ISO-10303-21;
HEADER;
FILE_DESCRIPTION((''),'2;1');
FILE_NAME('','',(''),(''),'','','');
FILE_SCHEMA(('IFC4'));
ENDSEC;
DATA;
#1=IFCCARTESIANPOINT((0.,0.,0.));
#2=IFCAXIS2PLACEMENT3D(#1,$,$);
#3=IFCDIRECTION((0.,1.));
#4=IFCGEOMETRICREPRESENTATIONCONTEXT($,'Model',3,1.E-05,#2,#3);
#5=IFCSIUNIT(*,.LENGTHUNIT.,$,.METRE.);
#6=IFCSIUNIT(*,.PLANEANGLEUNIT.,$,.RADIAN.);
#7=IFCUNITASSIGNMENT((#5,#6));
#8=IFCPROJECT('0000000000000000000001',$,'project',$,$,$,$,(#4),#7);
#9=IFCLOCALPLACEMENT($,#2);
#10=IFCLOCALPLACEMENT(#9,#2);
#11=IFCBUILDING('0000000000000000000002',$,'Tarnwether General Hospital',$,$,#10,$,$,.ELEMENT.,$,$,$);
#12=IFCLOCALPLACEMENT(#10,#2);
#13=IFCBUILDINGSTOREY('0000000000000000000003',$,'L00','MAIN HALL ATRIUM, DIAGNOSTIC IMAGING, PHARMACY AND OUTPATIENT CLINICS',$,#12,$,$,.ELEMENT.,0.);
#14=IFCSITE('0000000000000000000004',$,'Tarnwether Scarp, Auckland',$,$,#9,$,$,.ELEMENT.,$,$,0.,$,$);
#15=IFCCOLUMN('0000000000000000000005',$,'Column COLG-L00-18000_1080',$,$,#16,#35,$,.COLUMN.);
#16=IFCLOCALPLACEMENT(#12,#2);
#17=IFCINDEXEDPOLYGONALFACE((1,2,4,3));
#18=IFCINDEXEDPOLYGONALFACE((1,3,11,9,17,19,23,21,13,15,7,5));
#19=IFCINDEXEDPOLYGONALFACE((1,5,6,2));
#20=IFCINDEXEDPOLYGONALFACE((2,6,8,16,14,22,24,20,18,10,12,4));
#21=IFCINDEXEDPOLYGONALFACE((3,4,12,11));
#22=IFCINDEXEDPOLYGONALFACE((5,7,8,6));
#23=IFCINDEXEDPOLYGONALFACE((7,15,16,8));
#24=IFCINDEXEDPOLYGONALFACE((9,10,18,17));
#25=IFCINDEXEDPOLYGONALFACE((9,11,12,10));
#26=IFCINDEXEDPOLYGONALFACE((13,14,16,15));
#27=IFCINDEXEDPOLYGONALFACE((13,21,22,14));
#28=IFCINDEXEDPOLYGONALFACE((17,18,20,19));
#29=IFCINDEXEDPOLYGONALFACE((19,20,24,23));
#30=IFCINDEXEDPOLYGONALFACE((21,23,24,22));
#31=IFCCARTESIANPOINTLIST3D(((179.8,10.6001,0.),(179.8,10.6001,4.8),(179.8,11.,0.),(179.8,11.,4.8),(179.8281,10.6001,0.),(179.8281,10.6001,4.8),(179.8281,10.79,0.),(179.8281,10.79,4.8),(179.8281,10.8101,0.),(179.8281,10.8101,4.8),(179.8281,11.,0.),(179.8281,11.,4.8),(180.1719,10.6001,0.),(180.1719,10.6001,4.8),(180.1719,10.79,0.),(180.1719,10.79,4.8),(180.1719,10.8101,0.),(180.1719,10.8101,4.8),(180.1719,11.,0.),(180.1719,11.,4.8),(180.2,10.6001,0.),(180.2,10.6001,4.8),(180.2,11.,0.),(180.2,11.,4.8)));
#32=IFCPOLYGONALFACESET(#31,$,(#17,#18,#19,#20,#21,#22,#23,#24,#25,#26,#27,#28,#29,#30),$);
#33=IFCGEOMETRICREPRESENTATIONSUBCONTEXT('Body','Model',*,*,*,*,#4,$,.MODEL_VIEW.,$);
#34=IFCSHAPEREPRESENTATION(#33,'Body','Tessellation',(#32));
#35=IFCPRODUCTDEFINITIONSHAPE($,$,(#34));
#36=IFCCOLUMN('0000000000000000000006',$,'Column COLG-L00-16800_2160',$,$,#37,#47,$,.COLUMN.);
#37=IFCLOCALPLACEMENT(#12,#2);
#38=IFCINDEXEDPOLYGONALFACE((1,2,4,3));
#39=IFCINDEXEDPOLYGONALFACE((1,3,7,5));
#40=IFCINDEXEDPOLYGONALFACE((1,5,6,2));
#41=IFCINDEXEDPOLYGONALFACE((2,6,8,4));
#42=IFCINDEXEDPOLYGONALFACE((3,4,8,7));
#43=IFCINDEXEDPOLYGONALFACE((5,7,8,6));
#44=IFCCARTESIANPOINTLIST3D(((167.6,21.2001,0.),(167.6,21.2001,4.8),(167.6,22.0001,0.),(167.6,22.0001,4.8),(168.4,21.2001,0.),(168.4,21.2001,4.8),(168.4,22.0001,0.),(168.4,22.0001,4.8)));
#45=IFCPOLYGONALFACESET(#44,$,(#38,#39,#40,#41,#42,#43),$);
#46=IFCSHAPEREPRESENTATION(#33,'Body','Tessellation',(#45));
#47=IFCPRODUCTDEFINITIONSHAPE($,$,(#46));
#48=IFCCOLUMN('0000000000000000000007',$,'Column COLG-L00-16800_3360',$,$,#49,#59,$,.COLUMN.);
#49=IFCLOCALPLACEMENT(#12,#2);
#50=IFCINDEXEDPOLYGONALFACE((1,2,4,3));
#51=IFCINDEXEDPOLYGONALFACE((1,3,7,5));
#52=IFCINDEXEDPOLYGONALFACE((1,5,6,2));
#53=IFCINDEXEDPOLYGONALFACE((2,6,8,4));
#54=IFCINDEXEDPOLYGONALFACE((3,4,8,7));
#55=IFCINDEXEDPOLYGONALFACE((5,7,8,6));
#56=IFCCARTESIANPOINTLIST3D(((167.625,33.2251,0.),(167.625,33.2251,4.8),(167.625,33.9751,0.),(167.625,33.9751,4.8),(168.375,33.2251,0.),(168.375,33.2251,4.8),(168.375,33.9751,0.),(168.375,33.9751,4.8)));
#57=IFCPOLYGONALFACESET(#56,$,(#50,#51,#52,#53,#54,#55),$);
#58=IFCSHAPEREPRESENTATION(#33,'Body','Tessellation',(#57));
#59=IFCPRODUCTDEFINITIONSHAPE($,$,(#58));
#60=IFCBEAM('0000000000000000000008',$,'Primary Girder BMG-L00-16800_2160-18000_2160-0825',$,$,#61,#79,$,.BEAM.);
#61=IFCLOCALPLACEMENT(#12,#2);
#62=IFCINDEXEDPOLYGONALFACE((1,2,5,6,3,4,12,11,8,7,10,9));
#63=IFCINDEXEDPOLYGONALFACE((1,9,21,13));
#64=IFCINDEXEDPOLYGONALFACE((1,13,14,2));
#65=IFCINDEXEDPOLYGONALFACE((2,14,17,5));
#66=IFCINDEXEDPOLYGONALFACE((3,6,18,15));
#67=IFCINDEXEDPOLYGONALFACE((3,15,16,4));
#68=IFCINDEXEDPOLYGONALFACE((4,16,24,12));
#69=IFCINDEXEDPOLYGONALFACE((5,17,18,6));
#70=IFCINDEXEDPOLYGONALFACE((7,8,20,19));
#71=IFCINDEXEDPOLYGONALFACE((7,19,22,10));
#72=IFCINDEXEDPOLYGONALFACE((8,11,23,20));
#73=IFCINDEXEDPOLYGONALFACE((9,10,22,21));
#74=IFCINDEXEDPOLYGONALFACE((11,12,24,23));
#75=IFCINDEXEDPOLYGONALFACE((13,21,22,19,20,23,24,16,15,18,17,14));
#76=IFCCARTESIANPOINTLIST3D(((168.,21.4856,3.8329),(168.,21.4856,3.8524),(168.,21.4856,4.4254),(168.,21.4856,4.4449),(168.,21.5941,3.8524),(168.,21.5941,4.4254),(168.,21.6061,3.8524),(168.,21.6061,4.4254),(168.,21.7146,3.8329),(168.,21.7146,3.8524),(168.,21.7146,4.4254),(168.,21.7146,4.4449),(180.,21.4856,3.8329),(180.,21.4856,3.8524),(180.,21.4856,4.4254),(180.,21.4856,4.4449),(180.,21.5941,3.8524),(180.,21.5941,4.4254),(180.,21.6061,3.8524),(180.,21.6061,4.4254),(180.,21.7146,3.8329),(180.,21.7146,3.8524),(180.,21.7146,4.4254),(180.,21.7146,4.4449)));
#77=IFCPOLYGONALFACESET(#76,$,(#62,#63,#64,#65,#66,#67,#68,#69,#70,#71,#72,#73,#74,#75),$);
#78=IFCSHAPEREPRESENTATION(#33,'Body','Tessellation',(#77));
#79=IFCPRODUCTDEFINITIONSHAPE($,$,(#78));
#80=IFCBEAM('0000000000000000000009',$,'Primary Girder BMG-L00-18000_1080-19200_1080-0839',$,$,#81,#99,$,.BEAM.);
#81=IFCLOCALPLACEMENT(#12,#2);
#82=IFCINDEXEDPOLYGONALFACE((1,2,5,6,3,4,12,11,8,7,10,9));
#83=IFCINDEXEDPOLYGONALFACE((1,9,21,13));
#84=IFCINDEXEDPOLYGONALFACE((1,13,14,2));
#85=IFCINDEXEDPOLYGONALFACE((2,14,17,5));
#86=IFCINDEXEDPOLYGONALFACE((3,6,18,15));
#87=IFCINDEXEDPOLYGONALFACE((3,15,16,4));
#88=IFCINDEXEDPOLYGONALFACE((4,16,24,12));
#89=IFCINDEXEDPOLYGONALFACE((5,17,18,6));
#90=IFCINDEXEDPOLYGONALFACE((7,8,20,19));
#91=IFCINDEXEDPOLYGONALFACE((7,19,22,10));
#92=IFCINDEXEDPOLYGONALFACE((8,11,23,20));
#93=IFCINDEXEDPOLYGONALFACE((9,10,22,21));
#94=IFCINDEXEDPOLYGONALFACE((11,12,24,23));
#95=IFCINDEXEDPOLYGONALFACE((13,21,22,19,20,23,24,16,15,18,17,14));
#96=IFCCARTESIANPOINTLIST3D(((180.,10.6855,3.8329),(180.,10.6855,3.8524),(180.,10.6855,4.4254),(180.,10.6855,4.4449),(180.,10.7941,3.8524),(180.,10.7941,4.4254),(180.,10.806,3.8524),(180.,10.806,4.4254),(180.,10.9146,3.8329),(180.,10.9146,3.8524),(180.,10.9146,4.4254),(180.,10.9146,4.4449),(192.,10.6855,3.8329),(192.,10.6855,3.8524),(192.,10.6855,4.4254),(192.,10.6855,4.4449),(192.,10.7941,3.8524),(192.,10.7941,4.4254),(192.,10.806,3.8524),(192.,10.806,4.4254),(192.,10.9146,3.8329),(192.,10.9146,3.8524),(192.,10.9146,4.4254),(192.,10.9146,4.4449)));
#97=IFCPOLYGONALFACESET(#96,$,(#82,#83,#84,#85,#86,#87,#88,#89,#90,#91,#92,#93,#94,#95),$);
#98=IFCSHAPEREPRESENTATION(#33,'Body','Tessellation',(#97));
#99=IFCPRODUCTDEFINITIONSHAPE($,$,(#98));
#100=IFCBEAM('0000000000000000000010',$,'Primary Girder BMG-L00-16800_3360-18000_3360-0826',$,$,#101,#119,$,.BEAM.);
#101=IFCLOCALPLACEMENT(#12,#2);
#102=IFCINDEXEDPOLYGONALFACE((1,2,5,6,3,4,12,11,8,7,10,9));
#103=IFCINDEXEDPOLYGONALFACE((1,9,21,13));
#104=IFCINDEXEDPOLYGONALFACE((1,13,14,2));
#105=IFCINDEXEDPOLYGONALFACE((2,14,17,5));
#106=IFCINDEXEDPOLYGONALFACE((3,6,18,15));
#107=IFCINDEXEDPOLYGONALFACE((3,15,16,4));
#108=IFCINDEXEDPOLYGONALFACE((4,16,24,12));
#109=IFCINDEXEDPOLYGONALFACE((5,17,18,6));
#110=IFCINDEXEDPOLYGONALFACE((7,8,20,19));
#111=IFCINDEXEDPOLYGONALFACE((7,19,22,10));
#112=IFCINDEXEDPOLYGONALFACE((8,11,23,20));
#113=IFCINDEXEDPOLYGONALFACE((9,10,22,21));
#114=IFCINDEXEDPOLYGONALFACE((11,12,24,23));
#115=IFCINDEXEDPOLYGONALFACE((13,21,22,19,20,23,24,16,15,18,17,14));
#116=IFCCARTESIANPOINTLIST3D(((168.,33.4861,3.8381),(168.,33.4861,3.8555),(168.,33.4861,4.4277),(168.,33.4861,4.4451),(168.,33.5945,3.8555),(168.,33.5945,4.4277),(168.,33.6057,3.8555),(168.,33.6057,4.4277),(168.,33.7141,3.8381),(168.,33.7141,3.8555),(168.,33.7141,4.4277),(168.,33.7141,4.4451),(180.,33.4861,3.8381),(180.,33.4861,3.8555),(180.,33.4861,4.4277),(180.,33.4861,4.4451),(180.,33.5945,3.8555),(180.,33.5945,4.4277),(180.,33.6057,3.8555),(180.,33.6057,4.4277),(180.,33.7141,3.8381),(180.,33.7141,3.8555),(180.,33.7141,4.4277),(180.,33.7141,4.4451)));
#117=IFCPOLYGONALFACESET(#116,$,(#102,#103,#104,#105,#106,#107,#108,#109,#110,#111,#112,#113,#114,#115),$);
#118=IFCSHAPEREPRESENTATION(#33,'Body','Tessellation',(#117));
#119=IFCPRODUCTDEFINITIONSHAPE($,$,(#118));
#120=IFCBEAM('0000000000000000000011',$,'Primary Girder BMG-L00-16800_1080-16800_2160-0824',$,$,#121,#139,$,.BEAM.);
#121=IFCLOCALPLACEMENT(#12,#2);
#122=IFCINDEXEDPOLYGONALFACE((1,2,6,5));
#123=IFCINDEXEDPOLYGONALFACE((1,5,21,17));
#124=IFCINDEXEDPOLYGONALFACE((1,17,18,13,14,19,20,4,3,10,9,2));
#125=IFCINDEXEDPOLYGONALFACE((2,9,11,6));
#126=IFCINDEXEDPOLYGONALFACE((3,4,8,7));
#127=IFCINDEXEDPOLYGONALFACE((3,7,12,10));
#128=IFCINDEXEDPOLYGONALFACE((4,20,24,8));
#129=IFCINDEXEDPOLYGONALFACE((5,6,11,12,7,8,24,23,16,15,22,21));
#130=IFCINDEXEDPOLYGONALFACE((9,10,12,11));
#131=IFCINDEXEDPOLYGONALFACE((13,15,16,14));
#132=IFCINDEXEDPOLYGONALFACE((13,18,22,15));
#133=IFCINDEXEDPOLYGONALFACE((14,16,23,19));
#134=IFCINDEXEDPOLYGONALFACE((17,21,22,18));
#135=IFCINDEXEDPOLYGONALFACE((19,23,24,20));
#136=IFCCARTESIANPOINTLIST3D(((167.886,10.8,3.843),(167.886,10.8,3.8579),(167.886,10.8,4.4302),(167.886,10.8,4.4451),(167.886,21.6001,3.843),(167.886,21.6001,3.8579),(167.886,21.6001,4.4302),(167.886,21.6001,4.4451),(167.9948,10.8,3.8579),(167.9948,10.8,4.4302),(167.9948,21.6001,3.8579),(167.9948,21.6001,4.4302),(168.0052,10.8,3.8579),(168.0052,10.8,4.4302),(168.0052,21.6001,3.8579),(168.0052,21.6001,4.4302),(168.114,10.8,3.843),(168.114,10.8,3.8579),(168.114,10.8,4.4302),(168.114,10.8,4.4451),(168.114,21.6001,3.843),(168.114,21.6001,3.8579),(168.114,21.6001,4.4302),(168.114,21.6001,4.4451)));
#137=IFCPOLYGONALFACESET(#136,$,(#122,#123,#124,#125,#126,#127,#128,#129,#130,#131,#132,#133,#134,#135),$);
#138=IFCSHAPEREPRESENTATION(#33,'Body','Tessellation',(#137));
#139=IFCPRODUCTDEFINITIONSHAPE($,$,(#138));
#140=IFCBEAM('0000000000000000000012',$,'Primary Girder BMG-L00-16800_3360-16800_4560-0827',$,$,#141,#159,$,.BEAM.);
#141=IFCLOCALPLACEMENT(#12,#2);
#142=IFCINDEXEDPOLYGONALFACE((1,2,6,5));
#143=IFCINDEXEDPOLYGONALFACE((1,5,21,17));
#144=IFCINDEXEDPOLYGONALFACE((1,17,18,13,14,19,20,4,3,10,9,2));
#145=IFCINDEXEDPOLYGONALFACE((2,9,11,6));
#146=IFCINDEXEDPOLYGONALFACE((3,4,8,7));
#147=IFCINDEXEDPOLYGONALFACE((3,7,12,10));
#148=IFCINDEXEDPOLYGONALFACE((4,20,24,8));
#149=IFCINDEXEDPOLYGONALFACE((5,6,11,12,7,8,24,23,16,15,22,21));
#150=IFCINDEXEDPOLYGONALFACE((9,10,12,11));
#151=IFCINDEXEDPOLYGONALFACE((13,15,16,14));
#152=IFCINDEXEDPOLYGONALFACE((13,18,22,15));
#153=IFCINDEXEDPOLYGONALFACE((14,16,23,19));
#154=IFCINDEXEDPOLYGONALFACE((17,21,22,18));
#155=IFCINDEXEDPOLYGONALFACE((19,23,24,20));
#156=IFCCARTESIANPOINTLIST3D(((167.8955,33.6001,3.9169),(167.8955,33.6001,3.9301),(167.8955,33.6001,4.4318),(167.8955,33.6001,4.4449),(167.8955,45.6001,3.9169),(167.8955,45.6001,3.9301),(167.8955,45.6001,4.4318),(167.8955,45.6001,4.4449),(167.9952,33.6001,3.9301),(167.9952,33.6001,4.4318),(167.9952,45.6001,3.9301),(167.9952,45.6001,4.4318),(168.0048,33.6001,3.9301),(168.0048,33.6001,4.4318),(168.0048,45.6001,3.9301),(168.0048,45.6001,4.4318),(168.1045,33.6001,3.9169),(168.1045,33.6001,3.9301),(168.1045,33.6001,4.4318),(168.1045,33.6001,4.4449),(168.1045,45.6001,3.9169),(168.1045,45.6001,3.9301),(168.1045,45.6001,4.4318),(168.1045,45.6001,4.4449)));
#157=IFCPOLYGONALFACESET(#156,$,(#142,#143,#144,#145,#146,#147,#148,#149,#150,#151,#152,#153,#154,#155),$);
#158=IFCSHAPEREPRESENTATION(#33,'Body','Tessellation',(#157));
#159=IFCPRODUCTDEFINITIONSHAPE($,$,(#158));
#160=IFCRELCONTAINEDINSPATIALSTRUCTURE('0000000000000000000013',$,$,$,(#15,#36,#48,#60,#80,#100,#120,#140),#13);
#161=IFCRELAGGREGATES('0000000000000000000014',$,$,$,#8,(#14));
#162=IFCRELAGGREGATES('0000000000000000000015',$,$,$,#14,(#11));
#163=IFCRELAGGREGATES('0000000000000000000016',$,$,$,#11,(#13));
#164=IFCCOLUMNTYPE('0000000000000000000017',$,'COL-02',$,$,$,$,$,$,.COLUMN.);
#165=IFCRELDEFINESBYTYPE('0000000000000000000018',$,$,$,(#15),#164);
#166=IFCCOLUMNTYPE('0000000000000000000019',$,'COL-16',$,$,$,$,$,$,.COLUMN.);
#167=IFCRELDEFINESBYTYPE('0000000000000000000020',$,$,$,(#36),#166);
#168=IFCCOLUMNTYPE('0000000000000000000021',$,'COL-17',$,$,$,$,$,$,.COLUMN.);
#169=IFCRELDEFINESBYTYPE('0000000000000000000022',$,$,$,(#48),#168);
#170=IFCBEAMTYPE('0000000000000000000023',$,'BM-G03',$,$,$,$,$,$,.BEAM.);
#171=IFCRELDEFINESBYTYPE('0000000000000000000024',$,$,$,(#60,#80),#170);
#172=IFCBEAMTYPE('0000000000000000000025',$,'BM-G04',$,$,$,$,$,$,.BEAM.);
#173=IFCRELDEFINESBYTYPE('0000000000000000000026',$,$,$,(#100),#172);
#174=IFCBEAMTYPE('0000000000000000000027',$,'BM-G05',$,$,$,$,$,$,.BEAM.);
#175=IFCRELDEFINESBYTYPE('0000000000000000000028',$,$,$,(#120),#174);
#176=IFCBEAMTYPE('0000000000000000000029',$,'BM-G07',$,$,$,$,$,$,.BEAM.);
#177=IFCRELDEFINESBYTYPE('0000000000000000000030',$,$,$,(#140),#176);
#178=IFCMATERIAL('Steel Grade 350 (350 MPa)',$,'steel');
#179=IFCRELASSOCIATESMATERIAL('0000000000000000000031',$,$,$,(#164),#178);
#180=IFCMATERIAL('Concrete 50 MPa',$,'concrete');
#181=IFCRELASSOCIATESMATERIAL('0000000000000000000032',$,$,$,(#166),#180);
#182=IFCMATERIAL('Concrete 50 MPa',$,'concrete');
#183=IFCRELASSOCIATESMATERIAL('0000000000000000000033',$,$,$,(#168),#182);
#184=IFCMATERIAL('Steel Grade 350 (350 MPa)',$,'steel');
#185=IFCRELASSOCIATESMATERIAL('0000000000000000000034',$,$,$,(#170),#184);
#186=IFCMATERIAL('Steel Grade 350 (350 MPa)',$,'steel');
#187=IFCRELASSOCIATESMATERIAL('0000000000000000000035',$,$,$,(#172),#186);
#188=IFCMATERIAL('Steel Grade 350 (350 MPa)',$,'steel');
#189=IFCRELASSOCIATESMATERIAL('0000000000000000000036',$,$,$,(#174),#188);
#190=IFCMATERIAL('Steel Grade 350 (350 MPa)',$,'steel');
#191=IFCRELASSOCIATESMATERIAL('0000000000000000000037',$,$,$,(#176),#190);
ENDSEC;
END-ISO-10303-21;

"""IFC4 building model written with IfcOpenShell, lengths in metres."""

from ifc_helpers import new_model, si_unit, direction, frame, origin, origin_2d, place, context, subcontext, project, spatial, rectangle, i_section, extrude, material, material_profile, profile_set, type_object, element, save


model = new_model("IFC4")

# Units and contexts
model_context = context("Model", 3, precision=1e-05, world=origin(), true_north=direction((0.0, 1.0)))
body_context = subcontext(model_context, "Body", "Model", "MODEL_VIEW")
ifc_project = project(units=[si_unit("LENGTHUNIT", "METRE"), si_unit("PLANEANGLEUNIT", "RADIAN")], contexts=[model_context])

# Site, building, storey
site_placement = place(None, origin())
site = spatial("IfcSite", under=ifc_project, at=site_placement, Name="Tarnwether Scarp, Auckland", CompositionType="ELEMENT", RefElevation=0.0)
building_placement = place(site_placement, origin())
building = spatial("IfcBuilding", under=site, at=building_placement, Name="Tarnwether General Hospital", CompositionType="ELEMENT")
storey_placement = place(building_placement, origin())
storey = spatial("IfcBuildingStorey", under=building, at=storey_placement, Name="L00", Description="MAIN HALL ATRIUM, DIAGNOSTIC IMAGING, PHARMACY AND OUTPATIENT CLINICS", CompositionType="ELEMENT", Elevation=0.0)

# Columns
ifc_material_1 = material(Name="Steel Grade 350 (350 MPa)", Category="steel")
ifc_material_profile_1 = material_profile(ifc_material_1, i_section(OverallWidth=0.3999, OverallDepth=0.3999, WebThickness=0.02, FlangeThickness=0.0281, at=origin_2d()), Name="400WC270")
ifc_profile_set_1 = profile_set([ifc_material_profile_1], Name="Steel Grade 350 (350 MPa)")
column_type_1 = type_object("IfcColumnType", Name="COL-02", PredefinedType="COLUMN", material=ifc_profile_set_1)
column_1_placement = place(storey_placement, frame((180.0, 10.8, 0.0), z_axis=(0.0, 0.0, 1.0), x_axis=(0.0, 1.0, 0.0)))
element("IfcColumn", 1, at=column_1_placement, inside=storey, type_object=column_type_1, Name="Column COLG-L00-18000_1080", PredefinedType="COLUMN", context=body_context, shape_type="SweptSolid", body=[
    extrude(i_section(OverallWidth=0.3999, OverallDepth=0.3999, WebThickness=0.02, FlangeThickness=0.0281, at=origin_2d()), origin(), (0.0, 0.0, 1.0), 4.8),
])
ifc_material_2 = material(Name="Concrete 50 MPa", Category="concrete")
ifc_material_profile_2 = material_profile(ifc_material_2, rectangle(XDim=0.8, YDim=0.8, at=origin_2d()), Name="RC-COL-800x800")
ifc_profile_set_2 = profile_set([ifc_material_profile_2], Name="Concrete 50 MPa")
column_type_2 = type_object("IfcColumnType", Name="COL-16", PredefinedType="COLUMN", material=ifc_profile_set_2)
column_2_placement = place(storey_placement, frame((168.0, 21.6001, 0.0), z_axis=(0.0, 0.0, 1.0), x_axis=(1.0, 0.0, 0.0)))
element("IfcColumn", 2, at=column_2_placement, inside=storey, type_object=column_type_2, Name="Column COLG-L00-16800_2160", PredefinedType="COLUMN", context=body_context, shape_type="SweptSolid", body=[
    extrude(rectangle(XDim=0.8, YDim=0.8, at=origin_2d()), origin(), (0.0, 0.0, 1.0), 4.8),
])
ifc_material_3 = material(Name="Concrete 50 MPa", Category="concrete")
ifc_material_profile_3 = material_profile(ifc_material_3, rectangle(XDim=0.75, YDim=0.75, at=origin_2d()), Name="RC-COL-750x750")
ifc_profile_set_3 = profile_set([ifc_material_profile_3], Name="Concrete 50 MPa")
column_type_3 = type_object("IfcColumnType", Name="COL-17", PredefinedType="COLUMN", material=ifc_profile_set_3)
column_3_placement = place(storey_placement, frame((168.0, 33.6001, 0.0), z_axis=(0.0, 0.0, 1.0), x_axis=(1.0, 0.0, 0.0)))
element("IfcColumn", 3, at=column_3_placement, inside=storey, type_object=column_type_3, Name="Column COLG-L00-16800_3360", PredefinedType="COLUMN", context=body_context, shape_type="SweptSolid", body=[
    extrude(rectangle(XDim=0.75, YDim=0.75, at=origin_2d()), origin(), (0.0, 0.0, 1.0), 4.8),
])

# Beams
ifc_material_4 = material(Name="Steel Grade 350 (350 MPa)", Category="steel")
ifc_material_profile_4 = material_profile(ifc_material_4, i_section(OverallWidth=0.229, OverallDepth=0.6121, WebThickness=0.012, FlangeThickness=0.0195, at=origin_2d()), Name="610UB125")
ifc_profile_set_4 = profile_set([ifc_material_profile_4], Name="Steel Grade 350 (350 MPa)")
beam_type_1 = type_object("IfcBeamType", Name="BM-G03", PredefinedType="BEAM", material=ifc_profile_set_4)
for number, where, z_axis, x_axis, name in (
    (4, (168.0, 21.6001, 4.1389), (1.0, 0.0, 0.0), (0.0, 1.0, 0.0), "Primary Girder BMG-L00-16800_2160-18000_2160-0825"),
    (5, (180.0, 10.8, 4.1389), (1.0, 0.0, 0.0), (0.0, 1.0, 0.0), "Primary Girder BMG-L00-18000_1080-19200_1080-0839"),
):
    element("IfcBeam", number, at=place(storey_placement, frame(where, z_axis=z_axis, x_axis=x_axis)), inside=storey, type_object=beam_type_1, Name=name, PredefinedType="BEAM", context=body_context, shape_type="SweptSolid", body=[
        extrude(i_section(OverallWidth=0.229, OverallDepth=0.6121, WebThickness=0.012, FlangeThickness=0.0195, at=origin_2d()), origin(), (0.0, 0.0, 1.0), 12.0),
    ])
ifc_material_5 = material(Name="Steel Grade 350 (350 MPa)", Category="steel")
ifc_material_profile_5 = material_profile(ifc_material_5, i_section(OverallWidth=0.228, OverallDepth=0.6069, WebThickness=0.0112, FlangeThickness=0.0173, at=origin_2d()), Name="610UB113")
ifc_profile_set_5 = profile_set([ifc_material_profile_5], Name="Steel Grade 350 (350 MPa)")
beam_type_2 = type_object("IfcBeamType", Name="BM-G04", PredefinedType="BEAM", material=ifc_profile_set_5)
beam_1_placement = place(storey_placement, frame((168.0, 33.6001, 4.1416), z_axis=(1.0, 0.0, 0.0), x_axis=(0.0, 1.0, 0.0)))
element("IfcBeam", 6, at=beam_1_placement, inside=storey, type_object=beam_type_2, Name="Primary Girder BMG-L00-16800_3360-18000_3360-0826", PredefinedType="BEAM", context=body_context, shape_type="SweptSolid", body=[
    extrude(i_section(OverallWidth=0.228, OverallDepth=0.6069, WebThickness=0.0112, FlangeThickness=0.0173, at=origin_2d()), origin(), (0.0, 0.0, 1.0), 12.0),
])
ifc_material_6 = material(Name="Steel Grade 350 (350 MPa)", Category="steel")
ifc_material_profile_6 = material_profile(ifc_material_6, i_section(OverallWidth=0.228, OverallDepth=0.6021, WebThickness=0.0105, FlangeThickness=0.0149, at=origin_2d()), Name="610UB101")
ifc_profile_set_6 = profile_set([ifc_material_profile_6], Name="Steel Grade 350 (350 MPa)")
beam_type_3 = type_object("IfcBeamType", Name="BM-G05", PredefinedType="BEAM", material=ifc_profile_set_6)
beam_2_placement = place(storey_placement, frame((168.0, 10.8, 4.144), z_axis=(0.0, 1.0, 0.0), x_axis=(-1.0, 0.0, 0.0)))
element("IfcBeam", 7, at=beam_2_placement, inside=storey, type_object=beam_type_3, Name="Primary Girder BMG-L00-16800_1080-16800_2160-0824", PredefinedType="BEAM", context=body_context, shape_type="SweptSolid", body=[
    extrude(i_section(OverallWidth=0.228, OverallDepth=0.6021, WebThickness=0.0105, FlangeThickness=0.0149, at=origin_2d()), origin(), (0.0, 0.0, 1.0), 10.8),
])
ifc_material_7 = material(Name="Steel Grade 350 (350 MPa)", Category="steel")
ifc_material_profile_7 = material_profile(ifc_material_7, i_section(OverallWidth=0.209, OverallDepth=0.5281, WebThickness=0.0095, FlangeThickness=0.0132, at=origin_2d()), Name="530UB82.0")
ifc_profile_set_7 = profile_set([ifc_material_profile_7], Name="Steel Grade 350 (350 MPa)")
beam_type_4 = type_object("IfcBeamType", Name="BM-G07", PredefinedType="BEAM", material=ifc_profile_set_7)
beam_3_placement = place(storey_placement, frame((168.0, 33.6001, 4.1809), z_axis=(0.0, 1.0, 0.0), x_axis=(-1.0, 0.0, 0.0)))
element("IfcBeam", 8, at=beam_3_placement, inside=storey, type_object=beam_type_4, Name="Primary Girder BMG-L00-16800_3360-16800_4560-0827", PredefinedType="BEAM", context=body_context, shape_type="SweptSolid", body=[
    extrude(i_section(OverallWidth=0.209, OverallDepth=0.5281, WebThickness=0.0095, FlangeThickness=0.0132, at=origin_2d()), origin(), (0.0, 0.0, 1.0), 12.0),
])

save(model, "model.ifc")
